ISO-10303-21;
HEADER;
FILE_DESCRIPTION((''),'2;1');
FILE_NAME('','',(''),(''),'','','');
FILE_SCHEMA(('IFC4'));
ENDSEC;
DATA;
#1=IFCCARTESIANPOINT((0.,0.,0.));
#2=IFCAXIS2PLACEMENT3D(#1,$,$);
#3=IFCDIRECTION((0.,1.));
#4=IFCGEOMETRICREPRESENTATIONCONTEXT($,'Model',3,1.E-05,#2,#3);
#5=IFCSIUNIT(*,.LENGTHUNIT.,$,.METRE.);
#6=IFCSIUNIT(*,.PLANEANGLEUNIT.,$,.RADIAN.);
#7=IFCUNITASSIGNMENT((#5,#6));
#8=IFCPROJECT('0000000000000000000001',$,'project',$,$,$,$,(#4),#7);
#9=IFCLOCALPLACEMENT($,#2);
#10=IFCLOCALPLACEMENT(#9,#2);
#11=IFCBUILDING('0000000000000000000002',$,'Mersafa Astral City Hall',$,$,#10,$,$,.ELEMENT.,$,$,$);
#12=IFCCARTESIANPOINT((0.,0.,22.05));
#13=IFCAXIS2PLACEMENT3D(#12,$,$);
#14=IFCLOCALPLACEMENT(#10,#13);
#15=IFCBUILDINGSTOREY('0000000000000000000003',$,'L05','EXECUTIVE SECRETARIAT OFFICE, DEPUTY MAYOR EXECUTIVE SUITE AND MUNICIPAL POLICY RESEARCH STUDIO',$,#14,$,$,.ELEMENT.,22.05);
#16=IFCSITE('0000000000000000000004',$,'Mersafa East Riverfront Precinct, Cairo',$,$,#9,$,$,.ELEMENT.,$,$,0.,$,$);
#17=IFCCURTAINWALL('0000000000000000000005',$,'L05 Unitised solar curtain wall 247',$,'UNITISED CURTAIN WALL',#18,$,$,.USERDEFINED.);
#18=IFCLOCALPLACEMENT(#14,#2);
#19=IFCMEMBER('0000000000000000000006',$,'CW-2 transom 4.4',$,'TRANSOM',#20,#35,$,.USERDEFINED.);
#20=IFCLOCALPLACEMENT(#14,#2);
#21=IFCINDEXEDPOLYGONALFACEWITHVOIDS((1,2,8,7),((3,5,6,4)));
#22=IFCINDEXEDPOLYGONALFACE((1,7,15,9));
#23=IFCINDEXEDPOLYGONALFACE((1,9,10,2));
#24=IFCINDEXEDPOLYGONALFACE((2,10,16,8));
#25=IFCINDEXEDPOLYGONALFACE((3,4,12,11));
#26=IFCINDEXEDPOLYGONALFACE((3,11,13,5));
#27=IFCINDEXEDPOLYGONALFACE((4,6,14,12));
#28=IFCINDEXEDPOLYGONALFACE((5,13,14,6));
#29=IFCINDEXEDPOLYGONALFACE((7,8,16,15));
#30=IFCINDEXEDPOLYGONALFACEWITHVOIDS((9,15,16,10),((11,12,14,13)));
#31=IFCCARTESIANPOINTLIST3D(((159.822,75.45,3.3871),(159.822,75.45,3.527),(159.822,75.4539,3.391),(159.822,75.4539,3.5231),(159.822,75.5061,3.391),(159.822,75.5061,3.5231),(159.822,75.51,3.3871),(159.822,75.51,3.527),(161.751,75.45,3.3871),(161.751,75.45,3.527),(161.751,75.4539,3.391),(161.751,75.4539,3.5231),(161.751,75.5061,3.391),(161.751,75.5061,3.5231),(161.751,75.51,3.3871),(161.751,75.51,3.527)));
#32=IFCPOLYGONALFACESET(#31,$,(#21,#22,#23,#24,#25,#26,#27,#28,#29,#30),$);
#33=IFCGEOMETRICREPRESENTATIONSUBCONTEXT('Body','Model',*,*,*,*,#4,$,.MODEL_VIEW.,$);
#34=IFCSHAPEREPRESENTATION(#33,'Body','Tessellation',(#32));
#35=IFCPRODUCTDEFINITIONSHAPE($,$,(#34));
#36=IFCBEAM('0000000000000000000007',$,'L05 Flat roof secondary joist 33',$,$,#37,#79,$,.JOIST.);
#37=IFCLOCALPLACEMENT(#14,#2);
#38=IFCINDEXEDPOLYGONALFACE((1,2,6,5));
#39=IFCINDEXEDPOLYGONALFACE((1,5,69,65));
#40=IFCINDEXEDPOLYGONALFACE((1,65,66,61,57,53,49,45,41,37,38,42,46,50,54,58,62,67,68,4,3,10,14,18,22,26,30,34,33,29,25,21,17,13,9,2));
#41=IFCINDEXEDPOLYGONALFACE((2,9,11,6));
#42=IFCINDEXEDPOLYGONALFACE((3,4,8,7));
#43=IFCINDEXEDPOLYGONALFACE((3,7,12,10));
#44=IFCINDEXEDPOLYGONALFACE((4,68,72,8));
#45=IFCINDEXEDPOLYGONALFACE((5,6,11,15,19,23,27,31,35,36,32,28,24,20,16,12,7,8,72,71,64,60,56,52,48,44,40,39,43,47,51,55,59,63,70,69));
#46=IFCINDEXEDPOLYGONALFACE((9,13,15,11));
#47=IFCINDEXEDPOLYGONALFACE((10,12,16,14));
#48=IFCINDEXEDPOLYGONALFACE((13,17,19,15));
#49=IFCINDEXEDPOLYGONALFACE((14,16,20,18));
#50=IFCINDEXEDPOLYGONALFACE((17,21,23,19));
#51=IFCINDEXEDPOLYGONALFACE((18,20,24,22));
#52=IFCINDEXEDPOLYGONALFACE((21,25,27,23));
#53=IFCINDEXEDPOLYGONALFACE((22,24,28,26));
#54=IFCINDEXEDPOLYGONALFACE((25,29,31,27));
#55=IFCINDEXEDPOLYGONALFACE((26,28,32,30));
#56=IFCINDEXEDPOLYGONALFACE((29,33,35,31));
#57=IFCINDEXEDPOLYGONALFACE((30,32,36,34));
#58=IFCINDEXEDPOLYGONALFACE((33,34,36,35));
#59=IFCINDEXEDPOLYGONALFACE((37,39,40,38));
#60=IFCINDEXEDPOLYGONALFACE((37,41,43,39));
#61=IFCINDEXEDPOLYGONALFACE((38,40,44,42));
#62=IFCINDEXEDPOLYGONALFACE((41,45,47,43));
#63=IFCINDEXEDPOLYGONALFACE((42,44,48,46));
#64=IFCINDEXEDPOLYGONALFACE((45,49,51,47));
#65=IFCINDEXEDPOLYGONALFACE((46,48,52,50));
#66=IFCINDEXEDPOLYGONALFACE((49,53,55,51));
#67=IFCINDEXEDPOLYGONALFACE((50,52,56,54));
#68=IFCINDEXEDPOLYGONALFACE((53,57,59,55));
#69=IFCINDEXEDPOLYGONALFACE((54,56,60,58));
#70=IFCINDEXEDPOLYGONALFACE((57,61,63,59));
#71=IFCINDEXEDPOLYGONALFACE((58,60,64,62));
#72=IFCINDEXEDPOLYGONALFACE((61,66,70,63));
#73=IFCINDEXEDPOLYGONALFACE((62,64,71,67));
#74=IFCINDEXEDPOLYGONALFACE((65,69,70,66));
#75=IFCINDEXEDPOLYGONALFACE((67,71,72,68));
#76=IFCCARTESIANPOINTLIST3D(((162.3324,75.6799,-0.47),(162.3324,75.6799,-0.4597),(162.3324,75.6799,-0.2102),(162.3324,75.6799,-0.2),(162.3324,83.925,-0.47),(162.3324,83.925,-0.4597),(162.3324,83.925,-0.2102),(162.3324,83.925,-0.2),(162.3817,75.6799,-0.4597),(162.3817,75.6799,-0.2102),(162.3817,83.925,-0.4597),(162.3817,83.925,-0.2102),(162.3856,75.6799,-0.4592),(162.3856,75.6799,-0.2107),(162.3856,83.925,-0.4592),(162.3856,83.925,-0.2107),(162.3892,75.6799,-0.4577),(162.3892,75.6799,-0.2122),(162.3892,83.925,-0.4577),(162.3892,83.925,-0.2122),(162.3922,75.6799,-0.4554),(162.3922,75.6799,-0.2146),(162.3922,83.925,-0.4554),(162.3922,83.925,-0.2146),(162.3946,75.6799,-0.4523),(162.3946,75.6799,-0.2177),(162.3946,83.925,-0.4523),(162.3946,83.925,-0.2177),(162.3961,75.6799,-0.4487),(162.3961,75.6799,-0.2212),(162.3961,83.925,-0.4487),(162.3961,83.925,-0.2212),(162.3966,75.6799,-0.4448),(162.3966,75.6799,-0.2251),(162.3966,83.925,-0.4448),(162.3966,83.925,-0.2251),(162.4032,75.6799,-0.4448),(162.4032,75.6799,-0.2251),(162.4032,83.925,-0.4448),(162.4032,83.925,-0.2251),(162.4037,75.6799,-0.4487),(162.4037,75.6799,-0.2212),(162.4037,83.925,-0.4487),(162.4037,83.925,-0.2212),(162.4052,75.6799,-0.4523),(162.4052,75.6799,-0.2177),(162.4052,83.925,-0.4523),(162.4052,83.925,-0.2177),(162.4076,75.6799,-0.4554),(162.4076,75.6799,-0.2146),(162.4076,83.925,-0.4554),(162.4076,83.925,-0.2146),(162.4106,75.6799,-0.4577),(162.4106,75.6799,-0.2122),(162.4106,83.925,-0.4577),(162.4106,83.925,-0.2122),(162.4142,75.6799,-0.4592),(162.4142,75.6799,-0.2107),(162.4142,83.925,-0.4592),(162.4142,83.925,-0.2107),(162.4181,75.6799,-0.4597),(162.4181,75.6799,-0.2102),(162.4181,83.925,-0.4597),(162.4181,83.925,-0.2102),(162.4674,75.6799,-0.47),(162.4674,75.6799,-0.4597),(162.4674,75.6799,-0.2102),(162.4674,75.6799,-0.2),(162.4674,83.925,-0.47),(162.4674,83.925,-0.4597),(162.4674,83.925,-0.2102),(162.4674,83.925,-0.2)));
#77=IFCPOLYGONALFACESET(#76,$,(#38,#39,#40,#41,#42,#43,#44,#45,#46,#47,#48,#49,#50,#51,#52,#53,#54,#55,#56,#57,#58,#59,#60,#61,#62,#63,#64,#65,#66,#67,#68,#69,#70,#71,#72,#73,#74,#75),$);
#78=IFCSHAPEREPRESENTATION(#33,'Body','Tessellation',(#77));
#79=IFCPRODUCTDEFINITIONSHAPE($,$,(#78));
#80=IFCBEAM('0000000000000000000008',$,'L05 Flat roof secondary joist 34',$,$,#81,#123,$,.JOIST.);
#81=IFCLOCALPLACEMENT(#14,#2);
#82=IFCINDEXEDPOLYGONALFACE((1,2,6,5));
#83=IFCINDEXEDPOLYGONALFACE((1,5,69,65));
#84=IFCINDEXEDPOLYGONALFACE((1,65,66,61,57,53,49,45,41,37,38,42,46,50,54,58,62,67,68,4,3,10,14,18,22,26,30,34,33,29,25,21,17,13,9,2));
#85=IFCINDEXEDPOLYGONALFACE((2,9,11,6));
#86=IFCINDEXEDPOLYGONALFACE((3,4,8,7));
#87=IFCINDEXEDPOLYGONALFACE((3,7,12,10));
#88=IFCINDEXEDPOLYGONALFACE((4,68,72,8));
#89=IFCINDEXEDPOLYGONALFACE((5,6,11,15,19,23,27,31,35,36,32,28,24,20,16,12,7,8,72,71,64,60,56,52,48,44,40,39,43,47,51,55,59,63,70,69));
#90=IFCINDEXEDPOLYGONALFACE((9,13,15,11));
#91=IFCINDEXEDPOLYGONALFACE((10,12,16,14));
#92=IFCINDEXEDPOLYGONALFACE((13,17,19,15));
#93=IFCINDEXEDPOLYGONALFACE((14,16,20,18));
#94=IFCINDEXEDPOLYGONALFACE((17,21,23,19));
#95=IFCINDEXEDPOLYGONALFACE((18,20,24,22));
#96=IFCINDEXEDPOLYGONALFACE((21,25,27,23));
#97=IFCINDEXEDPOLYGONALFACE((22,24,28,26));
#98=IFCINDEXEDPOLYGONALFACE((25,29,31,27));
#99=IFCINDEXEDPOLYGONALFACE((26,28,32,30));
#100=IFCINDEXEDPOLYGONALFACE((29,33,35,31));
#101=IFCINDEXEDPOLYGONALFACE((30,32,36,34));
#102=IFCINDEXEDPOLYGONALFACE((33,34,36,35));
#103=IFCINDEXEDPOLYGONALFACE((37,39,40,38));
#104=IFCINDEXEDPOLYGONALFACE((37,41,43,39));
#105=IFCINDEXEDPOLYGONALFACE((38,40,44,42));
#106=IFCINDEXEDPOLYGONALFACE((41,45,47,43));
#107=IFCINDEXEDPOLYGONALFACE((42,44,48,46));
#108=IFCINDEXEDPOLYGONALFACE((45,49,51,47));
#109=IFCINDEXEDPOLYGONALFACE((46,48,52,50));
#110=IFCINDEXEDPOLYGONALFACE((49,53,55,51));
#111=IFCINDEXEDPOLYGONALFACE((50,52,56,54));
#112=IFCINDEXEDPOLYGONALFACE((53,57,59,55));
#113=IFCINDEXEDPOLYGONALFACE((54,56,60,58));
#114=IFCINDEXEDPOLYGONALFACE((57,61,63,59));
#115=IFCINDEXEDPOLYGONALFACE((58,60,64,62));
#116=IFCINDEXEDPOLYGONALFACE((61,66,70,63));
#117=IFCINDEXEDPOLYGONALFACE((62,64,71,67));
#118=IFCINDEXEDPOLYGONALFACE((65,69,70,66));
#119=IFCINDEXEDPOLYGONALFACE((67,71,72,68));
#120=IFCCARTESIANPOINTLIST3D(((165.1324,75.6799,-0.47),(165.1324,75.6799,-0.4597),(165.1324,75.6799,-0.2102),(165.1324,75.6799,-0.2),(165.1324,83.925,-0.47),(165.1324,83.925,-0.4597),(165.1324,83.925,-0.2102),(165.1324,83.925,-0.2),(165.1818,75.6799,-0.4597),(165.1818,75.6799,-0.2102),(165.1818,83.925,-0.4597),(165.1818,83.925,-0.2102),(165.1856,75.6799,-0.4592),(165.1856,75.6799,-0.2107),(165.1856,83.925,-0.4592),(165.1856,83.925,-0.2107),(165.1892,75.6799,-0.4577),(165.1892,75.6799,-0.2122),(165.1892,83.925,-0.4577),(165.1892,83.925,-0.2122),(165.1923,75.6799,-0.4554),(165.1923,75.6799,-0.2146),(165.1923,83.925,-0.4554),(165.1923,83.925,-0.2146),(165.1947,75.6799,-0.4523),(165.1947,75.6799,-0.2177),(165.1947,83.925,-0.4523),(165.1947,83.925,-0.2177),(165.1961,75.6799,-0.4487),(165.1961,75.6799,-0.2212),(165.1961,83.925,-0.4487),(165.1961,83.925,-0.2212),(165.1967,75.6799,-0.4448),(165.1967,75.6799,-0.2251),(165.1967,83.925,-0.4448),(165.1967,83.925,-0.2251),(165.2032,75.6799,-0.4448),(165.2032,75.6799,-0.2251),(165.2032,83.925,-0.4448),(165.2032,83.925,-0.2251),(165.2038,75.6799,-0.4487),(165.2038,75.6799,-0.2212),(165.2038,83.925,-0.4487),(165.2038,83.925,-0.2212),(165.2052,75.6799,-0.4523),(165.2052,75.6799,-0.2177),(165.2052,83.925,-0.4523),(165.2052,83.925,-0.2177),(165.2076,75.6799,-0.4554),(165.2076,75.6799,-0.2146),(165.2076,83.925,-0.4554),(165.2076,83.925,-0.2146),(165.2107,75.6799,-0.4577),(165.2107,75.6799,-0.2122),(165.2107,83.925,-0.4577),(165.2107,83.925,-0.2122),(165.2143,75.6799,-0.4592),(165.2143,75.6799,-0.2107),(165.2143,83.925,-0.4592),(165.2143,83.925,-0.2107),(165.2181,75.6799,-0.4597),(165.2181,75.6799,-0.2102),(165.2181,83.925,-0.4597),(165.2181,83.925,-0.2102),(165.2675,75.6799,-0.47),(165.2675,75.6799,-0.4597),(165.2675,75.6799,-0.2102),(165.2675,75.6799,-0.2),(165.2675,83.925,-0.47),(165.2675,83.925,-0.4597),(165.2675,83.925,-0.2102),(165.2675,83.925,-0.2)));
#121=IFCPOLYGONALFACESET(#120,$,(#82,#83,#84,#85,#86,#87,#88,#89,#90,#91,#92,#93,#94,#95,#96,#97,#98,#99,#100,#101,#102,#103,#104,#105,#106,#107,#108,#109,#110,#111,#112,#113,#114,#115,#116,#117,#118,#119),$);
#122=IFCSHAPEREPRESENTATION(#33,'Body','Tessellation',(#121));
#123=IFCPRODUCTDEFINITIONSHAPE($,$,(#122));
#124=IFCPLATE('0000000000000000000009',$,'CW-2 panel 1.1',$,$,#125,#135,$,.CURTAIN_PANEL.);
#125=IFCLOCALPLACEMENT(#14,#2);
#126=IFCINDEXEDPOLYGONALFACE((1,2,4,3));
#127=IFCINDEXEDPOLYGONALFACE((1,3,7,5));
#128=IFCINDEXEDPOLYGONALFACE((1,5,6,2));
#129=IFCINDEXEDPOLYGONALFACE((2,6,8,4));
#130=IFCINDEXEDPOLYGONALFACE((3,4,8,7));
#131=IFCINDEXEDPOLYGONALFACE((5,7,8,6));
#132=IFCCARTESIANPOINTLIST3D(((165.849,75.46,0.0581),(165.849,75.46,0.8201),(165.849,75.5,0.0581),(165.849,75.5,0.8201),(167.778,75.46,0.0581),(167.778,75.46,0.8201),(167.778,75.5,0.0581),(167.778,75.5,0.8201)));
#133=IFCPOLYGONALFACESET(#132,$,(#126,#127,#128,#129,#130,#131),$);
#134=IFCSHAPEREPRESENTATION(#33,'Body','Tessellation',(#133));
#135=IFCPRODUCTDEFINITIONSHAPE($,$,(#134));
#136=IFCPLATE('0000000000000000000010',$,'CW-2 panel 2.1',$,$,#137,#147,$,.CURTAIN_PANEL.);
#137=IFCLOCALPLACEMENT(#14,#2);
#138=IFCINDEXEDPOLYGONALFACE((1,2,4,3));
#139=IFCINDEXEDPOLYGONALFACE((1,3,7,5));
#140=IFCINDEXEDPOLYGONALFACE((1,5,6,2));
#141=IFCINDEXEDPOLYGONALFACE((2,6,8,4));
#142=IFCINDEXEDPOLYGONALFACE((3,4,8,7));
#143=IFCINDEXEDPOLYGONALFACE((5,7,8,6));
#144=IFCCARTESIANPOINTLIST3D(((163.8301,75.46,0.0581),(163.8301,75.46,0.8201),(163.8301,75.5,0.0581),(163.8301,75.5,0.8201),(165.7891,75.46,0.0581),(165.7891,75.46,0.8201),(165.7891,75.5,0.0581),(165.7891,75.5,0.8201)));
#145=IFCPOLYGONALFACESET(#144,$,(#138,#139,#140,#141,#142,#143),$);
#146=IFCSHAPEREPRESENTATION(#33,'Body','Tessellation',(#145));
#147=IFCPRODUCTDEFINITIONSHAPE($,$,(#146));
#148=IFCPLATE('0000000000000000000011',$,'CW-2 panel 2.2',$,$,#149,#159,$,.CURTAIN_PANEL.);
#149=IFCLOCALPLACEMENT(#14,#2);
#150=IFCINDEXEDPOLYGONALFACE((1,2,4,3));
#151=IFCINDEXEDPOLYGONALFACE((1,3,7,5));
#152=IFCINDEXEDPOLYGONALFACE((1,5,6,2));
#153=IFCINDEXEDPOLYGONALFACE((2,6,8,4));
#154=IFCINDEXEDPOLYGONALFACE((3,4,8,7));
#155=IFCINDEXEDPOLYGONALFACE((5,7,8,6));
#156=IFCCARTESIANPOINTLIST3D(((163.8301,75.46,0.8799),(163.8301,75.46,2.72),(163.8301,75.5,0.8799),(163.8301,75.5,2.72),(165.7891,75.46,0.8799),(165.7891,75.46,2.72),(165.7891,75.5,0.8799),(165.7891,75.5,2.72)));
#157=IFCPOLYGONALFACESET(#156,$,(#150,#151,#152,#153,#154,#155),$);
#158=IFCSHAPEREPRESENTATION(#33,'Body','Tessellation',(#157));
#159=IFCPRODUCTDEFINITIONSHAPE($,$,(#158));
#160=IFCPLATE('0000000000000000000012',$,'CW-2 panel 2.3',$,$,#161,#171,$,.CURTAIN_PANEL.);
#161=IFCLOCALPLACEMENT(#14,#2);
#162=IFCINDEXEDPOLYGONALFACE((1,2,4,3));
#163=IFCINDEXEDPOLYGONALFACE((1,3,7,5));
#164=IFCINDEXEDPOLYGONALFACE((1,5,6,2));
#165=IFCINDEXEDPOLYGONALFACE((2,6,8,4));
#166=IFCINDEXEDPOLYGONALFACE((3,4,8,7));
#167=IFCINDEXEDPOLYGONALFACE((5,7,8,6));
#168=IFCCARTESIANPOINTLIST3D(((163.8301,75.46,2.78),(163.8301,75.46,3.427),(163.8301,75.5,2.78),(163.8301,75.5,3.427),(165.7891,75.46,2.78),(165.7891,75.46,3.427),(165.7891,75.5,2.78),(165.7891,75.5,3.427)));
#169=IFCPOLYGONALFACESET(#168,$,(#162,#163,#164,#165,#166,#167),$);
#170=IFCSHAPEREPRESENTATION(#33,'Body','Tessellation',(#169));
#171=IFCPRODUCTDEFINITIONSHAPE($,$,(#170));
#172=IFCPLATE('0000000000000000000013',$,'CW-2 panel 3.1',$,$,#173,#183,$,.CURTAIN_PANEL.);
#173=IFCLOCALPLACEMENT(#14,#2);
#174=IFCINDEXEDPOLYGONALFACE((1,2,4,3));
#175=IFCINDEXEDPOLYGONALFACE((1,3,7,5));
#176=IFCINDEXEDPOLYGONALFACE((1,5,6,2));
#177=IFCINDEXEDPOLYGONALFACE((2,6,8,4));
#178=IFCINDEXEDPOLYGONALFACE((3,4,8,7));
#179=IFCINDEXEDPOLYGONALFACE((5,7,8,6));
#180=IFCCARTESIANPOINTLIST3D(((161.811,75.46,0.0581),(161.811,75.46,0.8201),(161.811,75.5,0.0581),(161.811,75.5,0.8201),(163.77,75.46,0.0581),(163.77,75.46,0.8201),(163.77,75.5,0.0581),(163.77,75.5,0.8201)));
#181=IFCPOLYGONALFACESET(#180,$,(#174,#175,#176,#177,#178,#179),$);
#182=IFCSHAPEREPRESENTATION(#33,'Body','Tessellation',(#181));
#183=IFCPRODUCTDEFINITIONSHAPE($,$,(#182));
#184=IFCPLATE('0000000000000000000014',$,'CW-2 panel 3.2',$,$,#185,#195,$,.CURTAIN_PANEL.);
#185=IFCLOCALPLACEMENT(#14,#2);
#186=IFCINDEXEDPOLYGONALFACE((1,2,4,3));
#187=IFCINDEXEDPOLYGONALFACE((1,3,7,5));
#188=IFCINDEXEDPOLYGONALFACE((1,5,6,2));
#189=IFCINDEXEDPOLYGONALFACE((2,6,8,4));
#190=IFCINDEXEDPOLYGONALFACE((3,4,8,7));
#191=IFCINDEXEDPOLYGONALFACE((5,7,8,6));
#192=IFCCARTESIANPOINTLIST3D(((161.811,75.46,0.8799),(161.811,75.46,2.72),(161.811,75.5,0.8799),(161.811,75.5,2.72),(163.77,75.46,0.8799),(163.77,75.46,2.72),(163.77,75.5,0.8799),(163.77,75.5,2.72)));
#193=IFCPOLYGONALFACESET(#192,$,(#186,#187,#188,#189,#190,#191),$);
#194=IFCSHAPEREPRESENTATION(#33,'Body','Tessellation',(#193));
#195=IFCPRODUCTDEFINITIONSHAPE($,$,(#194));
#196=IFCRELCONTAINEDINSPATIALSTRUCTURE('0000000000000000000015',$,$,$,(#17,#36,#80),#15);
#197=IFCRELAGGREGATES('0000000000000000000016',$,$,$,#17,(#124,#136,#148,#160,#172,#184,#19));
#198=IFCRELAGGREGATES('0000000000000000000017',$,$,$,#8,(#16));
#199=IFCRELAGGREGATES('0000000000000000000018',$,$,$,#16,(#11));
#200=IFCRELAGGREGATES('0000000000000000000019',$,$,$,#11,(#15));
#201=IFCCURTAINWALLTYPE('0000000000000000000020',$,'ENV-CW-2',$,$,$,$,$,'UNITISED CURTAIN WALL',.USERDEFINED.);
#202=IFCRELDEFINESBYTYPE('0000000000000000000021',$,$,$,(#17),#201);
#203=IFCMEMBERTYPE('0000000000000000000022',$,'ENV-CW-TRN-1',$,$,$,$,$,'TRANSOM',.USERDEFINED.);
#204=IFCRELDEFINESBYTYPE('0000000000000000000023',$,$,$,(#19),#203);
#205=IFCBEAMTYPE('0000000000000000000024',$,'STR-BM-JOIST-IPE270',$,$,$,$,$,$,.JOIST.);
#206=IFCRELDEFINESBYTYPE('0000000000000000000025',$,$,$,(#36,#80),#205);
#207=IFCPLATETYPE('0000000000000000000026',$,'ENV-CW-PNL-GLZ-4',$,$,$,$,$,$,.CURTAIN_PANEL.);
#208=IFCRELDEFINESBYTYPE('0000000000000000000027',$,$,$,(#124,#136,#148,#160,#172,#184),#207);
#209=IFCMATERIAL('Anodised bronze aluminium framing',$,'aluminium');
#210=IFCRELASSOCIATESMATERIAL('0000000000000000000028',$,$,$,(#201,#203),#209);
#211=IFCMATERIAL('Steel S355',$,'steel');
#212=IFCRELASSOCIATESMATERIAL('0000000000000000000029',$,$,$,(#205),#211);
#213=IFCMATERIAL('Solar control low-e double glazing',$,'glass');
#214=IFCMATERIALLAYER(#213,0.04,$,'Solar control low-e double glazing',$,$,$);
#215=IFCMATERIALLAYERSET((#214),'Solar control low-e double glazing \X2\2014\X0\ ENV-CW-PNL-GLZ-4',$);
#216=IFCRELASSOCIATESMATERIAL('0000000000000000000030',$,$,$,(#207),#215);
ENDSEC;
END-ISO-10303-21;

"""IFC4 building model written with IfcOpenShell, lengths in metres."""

from ifc_helpers import new_model, si_unit, direction, frame, origin, origin_2d, place, context, subcontext, project, spatial, rectangle, hollow_rectangle, i_section, extrude, material, layer, layer_set, material_profile, profile_set, type_object, element, aggregate, save


model = new_model("IFC4")

# Units and contexts
model_context = context("Model", 3, precision=1e-05, world=origin(), true_north=direction((0.0, 1.0)))
body_context = subcontext(model_context, "Body", "Model", "MODEL_VIEW")
ifc_project = project(units=[si_unit("LENGTHUNIT", "METRE"), si_unit("PLANEANGLEUNIT", "RADIAN")], contexts=[model_context])

# Site, building, storey
site_placement = place(None, origin())
site = spatial("IfcSite", under=ifc_project, at=site_placement, Name="Mersafa East Riverfront Precinct, Cairo", CompositionType="ELEMENT", RefElevation=0.0)
building_placement = place(site_placement, origin())
building = spatial("IfcBuilding", under=site, at=building_placement, Name="Mersafa Astral City Hall", CompositionType="ELEMENT")
storey_placement = place(building_placement, frame((0.0, 0.0, 22.05)))
storey = spatial("IfcBuildingStorey", under=building, at=storey_placement, Name="L05", Description="EXECUTIVE SECRETARIAT OFFICE, DEPUTY MAYOR EXECUTIVE SUITE AND MUNICIPAL POLICY RESEARCH STUDIO", CompositionType="ELEMENT", Elevation=22.05)

# Curtain wall, member
ifc_material_1 = material(Name="Anodised bronze aluminium framing", Category="aluminium")
curtain_wall_type = type_object("IfcCurtainWallType", Name="ENV-CW-2", ElementType="UNITISED CURTAIN WALL", PredefinedType="USERDEFINED", material=ifc_material_1)
curtain_wall_placement = place(storey_placement, origin())
curtain_wall = element("IfcCurtainWall", 1, at=curtain_wall_placement, inside=storey, type_object=curtain_wall_type, Name="L05 Unitised solar curtain wall 247", ObjectType="UNITISED CURTAIN WALL", PredefinedType="USERDEFINED")
ifc_material_profile_1 = material_profile(ifc_material_1, hollow_rectangle(XDim=0.0601, YDim=0.1399, WallThickness=0.0039, at=origin_2d()), Name="RHS 60x140x4")
ifc_profile_set_1 = profile_set([ifc_material_profile_1], Name="Anodised bronze aluminium framing")
member_type_1 = type_object("IfcMemberType", Name="ENV-CW-TRN-1", ElementType="TRANSOM", PredefinedType="USERDEFINED", material=ifc_profile_set_1)
member_1_placement = place(storey_placement, frame((161.751, 75.48, 3.457), z_axis=(-1.0, 0.0, 0.0), x_axis=(0.0, -1.0, 0.0)))
member_1 = element("IfcMember", 2, at=member_1_placement, type_object=member_type_1, Name="CW-2 transom 4.4", ObjectType="TRANSOM", PredefinedType="USERDEFINED", context=body_context, shape_type="SweptSolid", body=[
    extrude(hollow_rectangle(XDim=0.0601, YDim=0.1399, WallThickness=0.0039, at=origin_2d()), origin(), (0.0, 0.0, 1.0), 1.929),
])

# Beams
ifc_material_2 = material(Name="Steel S355", Category="steel")
ifc_material_profile_2 = material_profile(ifc_material_2, i_section(OverallWidth=0.135, OverallDepth=0.27, WebThickness=0.0066, FlangeThickness=0.0103, FilletRadius=0.0149, at=origin_2d()), Name="IPE 270")
ifc_profile_set_2 = profile_set([ifc_material_profile_2], Name="Steel S355")
beam_type = type_object("IfcBeamType", Name="STR-BM-JOIST-IPE270", PredefinedType="JOIST", material=ifc_profile_set_2)
for number, where, z_axis, x_axis, name in (
    (3, (162.3999, 75.6799, -0.335), (0.0, 1.0, 0.0), (-1.0, 0.0, 0.0), "L05 Flat roof secondary joist 33"),
    (4, (165.2, 75.6799, -0.335), (0.0, 1.0, 0.0), (-1.0, 0.0, 0.0), "L05 Flat roof secondary joist 34"),
):
    element("IfcBeam", number, at=place(storey_placement, frame(where, z_axis=z_axis, x_axis=x_axis)), inside=storey, type_object=beam_type, Name=name, PredefinedType="JOIST", context=body_context, shape_type="SweptSolid", body=[
        extrude(i_section(OverallWidth=0.135, OverallDepth=0.27, WebThickness=0.0066, FlangeThickness=0.0103, FilletRadius=0.0149, at=origin_2d()), origin(), (0.0, 0.0, 1.0), 8.2451),
    ])

# Plates
ifc_material_3 = material(Name="Solar control low-e double glazing", Category="glass")
ifc_layer = layer(ifc_material_3, 0.04, Name="Solar control low-e double glazing")
ifc_layer_set = layer_set([ifc_layer], Name="Solar control low-e double glazing — ENV-CW-PNL-GLZ-4")
plate_type = type_object("IfcPlateType", Name="ENV-CW-PNL-GLZ-4", PredefinedType="CURTAIN_PANEL", material=ifc_layer_set)
plate_1_placement = place(storey_placement, frame((166.8135, 75.48, 0.0581), z_axis=(0.0, 0.0, 1.0), x_axis=(-1.0, 0.0, 0.0)))
plate_1 = element("IfcPlate", 5, at=plate_1_placement, type_object=plate_type, Name="CW-2 panel 1.1", PredefinedType="CURTAIN_PANEL", context=body_context, shape_type="SweptSolid", body=[
    extrude(rectangle(XDim=1.929, YDim=0.04, at=origin_2d()), origin(), (0.0, 0.0, 1.0), 0.762),
])
plate_2_placement = place(storey_placement, frame((164.8096, 75.48, 0.0581), z_axis=(0.0, 0.0, 1.0), x_axis=(-1.0, 0.0, 0.0)))
plate_2 = element("IfcPlate", 6, at=plate_2_placement, type_object=plate_type, Name="CW-2 panel 2.1", PredefinedType="CURTAIN_PANEL", context=body_context, shape_type="SweptSolid", body=[
    extrude(rectangle(XDim=1.959, YDim=0.04, at=origin_2d()), origin(), (0.0, 0.0, 1.0), 0.762),
])
plate_3_placement = place(storey_placement, frame((164.8096, 75.48, 0.8799), z_axis=(0.0, 0.0, 1.0), x_axis=(-1.0, 0.0, 0.0)))
plate_3 = element("IfcPlate", 7, at=plate_3_placement, type_object=plate_type, Name="CW-2 panel 2.2", PredefinedType="CURTAIN_PANEL", context=body_context, shape_type="SweptSolid", body=[
    extrude(rectangle(XDim=1.959, YDim=0.04, at=origin_2d()), origin(), (0.0, 0.0, 1.0), 1.8401),
])
plate_4_placement = place(storey_placement, frame((164.8096, 75.48, 2.78), z_axis=(0.0, 0.0, 1.0), x_axis=(-1.0, 0.0, 0.0)))
plate_4 = element("IfcPlate", 8, at=plate_4_placement, type_object=plate_type, Name="CW-2 panel 2.3", PredefinedType="CURTAIN_PANEL", context=body_context, shape_type="SweptSolid", body=[
    extrude(rectangle(XDim=1.959, YDim=0.04, at=origin_2d()), origin(), (0.0, 0.0, 1.0), 0.647),
])
plate_5_placement = place(storey_placement, frame((162.7905, 75.48, 0.0581), z_axis=(0.0, 0.0, 1.0), x_axis=(-1.0, 0.0, 0.0)))
plate_5 = element("IfcPlate", 9, at=plate_5_placement, type_object=plate_type, Name="CW-2 panel 3.1", PredefinedType="CURTAIN_PANEL", context=body_context, shape_type="SweptSolid", body=[
    extrude(rectangle(XDim=1.959, YDim=0.04, at=origin_2d()), origin(), (0.0, 0.0, 1.0), 0.762),
])
plate_6_placement = place(storey_placement, frame((162.7905, 75.48, 0.8799), z_axis=(0.0, 0.0, 1.0), x_axis=(-1.0, 0.0, 0.0)))
plate_6 = element("IfcPlate", 10, at=plate_6_placement, type_object=plate_type, Name="CW-2 panel 3.2", PredefinedType="CURTAIN_PANEL", context=body_context, shape_type="SweptSolid", body=[
    extrude(rectangle(XDim=1.959, YDim=0.04, at=origin_2d()), origin(), (0.0, 0.0, 1.0), 1.8401),
])
aggregate(curtain_wall, [plate_1, plate_2, plate_3, plate_4, plate_5, plate_6, member_1])

save(model, "model.ifc")
